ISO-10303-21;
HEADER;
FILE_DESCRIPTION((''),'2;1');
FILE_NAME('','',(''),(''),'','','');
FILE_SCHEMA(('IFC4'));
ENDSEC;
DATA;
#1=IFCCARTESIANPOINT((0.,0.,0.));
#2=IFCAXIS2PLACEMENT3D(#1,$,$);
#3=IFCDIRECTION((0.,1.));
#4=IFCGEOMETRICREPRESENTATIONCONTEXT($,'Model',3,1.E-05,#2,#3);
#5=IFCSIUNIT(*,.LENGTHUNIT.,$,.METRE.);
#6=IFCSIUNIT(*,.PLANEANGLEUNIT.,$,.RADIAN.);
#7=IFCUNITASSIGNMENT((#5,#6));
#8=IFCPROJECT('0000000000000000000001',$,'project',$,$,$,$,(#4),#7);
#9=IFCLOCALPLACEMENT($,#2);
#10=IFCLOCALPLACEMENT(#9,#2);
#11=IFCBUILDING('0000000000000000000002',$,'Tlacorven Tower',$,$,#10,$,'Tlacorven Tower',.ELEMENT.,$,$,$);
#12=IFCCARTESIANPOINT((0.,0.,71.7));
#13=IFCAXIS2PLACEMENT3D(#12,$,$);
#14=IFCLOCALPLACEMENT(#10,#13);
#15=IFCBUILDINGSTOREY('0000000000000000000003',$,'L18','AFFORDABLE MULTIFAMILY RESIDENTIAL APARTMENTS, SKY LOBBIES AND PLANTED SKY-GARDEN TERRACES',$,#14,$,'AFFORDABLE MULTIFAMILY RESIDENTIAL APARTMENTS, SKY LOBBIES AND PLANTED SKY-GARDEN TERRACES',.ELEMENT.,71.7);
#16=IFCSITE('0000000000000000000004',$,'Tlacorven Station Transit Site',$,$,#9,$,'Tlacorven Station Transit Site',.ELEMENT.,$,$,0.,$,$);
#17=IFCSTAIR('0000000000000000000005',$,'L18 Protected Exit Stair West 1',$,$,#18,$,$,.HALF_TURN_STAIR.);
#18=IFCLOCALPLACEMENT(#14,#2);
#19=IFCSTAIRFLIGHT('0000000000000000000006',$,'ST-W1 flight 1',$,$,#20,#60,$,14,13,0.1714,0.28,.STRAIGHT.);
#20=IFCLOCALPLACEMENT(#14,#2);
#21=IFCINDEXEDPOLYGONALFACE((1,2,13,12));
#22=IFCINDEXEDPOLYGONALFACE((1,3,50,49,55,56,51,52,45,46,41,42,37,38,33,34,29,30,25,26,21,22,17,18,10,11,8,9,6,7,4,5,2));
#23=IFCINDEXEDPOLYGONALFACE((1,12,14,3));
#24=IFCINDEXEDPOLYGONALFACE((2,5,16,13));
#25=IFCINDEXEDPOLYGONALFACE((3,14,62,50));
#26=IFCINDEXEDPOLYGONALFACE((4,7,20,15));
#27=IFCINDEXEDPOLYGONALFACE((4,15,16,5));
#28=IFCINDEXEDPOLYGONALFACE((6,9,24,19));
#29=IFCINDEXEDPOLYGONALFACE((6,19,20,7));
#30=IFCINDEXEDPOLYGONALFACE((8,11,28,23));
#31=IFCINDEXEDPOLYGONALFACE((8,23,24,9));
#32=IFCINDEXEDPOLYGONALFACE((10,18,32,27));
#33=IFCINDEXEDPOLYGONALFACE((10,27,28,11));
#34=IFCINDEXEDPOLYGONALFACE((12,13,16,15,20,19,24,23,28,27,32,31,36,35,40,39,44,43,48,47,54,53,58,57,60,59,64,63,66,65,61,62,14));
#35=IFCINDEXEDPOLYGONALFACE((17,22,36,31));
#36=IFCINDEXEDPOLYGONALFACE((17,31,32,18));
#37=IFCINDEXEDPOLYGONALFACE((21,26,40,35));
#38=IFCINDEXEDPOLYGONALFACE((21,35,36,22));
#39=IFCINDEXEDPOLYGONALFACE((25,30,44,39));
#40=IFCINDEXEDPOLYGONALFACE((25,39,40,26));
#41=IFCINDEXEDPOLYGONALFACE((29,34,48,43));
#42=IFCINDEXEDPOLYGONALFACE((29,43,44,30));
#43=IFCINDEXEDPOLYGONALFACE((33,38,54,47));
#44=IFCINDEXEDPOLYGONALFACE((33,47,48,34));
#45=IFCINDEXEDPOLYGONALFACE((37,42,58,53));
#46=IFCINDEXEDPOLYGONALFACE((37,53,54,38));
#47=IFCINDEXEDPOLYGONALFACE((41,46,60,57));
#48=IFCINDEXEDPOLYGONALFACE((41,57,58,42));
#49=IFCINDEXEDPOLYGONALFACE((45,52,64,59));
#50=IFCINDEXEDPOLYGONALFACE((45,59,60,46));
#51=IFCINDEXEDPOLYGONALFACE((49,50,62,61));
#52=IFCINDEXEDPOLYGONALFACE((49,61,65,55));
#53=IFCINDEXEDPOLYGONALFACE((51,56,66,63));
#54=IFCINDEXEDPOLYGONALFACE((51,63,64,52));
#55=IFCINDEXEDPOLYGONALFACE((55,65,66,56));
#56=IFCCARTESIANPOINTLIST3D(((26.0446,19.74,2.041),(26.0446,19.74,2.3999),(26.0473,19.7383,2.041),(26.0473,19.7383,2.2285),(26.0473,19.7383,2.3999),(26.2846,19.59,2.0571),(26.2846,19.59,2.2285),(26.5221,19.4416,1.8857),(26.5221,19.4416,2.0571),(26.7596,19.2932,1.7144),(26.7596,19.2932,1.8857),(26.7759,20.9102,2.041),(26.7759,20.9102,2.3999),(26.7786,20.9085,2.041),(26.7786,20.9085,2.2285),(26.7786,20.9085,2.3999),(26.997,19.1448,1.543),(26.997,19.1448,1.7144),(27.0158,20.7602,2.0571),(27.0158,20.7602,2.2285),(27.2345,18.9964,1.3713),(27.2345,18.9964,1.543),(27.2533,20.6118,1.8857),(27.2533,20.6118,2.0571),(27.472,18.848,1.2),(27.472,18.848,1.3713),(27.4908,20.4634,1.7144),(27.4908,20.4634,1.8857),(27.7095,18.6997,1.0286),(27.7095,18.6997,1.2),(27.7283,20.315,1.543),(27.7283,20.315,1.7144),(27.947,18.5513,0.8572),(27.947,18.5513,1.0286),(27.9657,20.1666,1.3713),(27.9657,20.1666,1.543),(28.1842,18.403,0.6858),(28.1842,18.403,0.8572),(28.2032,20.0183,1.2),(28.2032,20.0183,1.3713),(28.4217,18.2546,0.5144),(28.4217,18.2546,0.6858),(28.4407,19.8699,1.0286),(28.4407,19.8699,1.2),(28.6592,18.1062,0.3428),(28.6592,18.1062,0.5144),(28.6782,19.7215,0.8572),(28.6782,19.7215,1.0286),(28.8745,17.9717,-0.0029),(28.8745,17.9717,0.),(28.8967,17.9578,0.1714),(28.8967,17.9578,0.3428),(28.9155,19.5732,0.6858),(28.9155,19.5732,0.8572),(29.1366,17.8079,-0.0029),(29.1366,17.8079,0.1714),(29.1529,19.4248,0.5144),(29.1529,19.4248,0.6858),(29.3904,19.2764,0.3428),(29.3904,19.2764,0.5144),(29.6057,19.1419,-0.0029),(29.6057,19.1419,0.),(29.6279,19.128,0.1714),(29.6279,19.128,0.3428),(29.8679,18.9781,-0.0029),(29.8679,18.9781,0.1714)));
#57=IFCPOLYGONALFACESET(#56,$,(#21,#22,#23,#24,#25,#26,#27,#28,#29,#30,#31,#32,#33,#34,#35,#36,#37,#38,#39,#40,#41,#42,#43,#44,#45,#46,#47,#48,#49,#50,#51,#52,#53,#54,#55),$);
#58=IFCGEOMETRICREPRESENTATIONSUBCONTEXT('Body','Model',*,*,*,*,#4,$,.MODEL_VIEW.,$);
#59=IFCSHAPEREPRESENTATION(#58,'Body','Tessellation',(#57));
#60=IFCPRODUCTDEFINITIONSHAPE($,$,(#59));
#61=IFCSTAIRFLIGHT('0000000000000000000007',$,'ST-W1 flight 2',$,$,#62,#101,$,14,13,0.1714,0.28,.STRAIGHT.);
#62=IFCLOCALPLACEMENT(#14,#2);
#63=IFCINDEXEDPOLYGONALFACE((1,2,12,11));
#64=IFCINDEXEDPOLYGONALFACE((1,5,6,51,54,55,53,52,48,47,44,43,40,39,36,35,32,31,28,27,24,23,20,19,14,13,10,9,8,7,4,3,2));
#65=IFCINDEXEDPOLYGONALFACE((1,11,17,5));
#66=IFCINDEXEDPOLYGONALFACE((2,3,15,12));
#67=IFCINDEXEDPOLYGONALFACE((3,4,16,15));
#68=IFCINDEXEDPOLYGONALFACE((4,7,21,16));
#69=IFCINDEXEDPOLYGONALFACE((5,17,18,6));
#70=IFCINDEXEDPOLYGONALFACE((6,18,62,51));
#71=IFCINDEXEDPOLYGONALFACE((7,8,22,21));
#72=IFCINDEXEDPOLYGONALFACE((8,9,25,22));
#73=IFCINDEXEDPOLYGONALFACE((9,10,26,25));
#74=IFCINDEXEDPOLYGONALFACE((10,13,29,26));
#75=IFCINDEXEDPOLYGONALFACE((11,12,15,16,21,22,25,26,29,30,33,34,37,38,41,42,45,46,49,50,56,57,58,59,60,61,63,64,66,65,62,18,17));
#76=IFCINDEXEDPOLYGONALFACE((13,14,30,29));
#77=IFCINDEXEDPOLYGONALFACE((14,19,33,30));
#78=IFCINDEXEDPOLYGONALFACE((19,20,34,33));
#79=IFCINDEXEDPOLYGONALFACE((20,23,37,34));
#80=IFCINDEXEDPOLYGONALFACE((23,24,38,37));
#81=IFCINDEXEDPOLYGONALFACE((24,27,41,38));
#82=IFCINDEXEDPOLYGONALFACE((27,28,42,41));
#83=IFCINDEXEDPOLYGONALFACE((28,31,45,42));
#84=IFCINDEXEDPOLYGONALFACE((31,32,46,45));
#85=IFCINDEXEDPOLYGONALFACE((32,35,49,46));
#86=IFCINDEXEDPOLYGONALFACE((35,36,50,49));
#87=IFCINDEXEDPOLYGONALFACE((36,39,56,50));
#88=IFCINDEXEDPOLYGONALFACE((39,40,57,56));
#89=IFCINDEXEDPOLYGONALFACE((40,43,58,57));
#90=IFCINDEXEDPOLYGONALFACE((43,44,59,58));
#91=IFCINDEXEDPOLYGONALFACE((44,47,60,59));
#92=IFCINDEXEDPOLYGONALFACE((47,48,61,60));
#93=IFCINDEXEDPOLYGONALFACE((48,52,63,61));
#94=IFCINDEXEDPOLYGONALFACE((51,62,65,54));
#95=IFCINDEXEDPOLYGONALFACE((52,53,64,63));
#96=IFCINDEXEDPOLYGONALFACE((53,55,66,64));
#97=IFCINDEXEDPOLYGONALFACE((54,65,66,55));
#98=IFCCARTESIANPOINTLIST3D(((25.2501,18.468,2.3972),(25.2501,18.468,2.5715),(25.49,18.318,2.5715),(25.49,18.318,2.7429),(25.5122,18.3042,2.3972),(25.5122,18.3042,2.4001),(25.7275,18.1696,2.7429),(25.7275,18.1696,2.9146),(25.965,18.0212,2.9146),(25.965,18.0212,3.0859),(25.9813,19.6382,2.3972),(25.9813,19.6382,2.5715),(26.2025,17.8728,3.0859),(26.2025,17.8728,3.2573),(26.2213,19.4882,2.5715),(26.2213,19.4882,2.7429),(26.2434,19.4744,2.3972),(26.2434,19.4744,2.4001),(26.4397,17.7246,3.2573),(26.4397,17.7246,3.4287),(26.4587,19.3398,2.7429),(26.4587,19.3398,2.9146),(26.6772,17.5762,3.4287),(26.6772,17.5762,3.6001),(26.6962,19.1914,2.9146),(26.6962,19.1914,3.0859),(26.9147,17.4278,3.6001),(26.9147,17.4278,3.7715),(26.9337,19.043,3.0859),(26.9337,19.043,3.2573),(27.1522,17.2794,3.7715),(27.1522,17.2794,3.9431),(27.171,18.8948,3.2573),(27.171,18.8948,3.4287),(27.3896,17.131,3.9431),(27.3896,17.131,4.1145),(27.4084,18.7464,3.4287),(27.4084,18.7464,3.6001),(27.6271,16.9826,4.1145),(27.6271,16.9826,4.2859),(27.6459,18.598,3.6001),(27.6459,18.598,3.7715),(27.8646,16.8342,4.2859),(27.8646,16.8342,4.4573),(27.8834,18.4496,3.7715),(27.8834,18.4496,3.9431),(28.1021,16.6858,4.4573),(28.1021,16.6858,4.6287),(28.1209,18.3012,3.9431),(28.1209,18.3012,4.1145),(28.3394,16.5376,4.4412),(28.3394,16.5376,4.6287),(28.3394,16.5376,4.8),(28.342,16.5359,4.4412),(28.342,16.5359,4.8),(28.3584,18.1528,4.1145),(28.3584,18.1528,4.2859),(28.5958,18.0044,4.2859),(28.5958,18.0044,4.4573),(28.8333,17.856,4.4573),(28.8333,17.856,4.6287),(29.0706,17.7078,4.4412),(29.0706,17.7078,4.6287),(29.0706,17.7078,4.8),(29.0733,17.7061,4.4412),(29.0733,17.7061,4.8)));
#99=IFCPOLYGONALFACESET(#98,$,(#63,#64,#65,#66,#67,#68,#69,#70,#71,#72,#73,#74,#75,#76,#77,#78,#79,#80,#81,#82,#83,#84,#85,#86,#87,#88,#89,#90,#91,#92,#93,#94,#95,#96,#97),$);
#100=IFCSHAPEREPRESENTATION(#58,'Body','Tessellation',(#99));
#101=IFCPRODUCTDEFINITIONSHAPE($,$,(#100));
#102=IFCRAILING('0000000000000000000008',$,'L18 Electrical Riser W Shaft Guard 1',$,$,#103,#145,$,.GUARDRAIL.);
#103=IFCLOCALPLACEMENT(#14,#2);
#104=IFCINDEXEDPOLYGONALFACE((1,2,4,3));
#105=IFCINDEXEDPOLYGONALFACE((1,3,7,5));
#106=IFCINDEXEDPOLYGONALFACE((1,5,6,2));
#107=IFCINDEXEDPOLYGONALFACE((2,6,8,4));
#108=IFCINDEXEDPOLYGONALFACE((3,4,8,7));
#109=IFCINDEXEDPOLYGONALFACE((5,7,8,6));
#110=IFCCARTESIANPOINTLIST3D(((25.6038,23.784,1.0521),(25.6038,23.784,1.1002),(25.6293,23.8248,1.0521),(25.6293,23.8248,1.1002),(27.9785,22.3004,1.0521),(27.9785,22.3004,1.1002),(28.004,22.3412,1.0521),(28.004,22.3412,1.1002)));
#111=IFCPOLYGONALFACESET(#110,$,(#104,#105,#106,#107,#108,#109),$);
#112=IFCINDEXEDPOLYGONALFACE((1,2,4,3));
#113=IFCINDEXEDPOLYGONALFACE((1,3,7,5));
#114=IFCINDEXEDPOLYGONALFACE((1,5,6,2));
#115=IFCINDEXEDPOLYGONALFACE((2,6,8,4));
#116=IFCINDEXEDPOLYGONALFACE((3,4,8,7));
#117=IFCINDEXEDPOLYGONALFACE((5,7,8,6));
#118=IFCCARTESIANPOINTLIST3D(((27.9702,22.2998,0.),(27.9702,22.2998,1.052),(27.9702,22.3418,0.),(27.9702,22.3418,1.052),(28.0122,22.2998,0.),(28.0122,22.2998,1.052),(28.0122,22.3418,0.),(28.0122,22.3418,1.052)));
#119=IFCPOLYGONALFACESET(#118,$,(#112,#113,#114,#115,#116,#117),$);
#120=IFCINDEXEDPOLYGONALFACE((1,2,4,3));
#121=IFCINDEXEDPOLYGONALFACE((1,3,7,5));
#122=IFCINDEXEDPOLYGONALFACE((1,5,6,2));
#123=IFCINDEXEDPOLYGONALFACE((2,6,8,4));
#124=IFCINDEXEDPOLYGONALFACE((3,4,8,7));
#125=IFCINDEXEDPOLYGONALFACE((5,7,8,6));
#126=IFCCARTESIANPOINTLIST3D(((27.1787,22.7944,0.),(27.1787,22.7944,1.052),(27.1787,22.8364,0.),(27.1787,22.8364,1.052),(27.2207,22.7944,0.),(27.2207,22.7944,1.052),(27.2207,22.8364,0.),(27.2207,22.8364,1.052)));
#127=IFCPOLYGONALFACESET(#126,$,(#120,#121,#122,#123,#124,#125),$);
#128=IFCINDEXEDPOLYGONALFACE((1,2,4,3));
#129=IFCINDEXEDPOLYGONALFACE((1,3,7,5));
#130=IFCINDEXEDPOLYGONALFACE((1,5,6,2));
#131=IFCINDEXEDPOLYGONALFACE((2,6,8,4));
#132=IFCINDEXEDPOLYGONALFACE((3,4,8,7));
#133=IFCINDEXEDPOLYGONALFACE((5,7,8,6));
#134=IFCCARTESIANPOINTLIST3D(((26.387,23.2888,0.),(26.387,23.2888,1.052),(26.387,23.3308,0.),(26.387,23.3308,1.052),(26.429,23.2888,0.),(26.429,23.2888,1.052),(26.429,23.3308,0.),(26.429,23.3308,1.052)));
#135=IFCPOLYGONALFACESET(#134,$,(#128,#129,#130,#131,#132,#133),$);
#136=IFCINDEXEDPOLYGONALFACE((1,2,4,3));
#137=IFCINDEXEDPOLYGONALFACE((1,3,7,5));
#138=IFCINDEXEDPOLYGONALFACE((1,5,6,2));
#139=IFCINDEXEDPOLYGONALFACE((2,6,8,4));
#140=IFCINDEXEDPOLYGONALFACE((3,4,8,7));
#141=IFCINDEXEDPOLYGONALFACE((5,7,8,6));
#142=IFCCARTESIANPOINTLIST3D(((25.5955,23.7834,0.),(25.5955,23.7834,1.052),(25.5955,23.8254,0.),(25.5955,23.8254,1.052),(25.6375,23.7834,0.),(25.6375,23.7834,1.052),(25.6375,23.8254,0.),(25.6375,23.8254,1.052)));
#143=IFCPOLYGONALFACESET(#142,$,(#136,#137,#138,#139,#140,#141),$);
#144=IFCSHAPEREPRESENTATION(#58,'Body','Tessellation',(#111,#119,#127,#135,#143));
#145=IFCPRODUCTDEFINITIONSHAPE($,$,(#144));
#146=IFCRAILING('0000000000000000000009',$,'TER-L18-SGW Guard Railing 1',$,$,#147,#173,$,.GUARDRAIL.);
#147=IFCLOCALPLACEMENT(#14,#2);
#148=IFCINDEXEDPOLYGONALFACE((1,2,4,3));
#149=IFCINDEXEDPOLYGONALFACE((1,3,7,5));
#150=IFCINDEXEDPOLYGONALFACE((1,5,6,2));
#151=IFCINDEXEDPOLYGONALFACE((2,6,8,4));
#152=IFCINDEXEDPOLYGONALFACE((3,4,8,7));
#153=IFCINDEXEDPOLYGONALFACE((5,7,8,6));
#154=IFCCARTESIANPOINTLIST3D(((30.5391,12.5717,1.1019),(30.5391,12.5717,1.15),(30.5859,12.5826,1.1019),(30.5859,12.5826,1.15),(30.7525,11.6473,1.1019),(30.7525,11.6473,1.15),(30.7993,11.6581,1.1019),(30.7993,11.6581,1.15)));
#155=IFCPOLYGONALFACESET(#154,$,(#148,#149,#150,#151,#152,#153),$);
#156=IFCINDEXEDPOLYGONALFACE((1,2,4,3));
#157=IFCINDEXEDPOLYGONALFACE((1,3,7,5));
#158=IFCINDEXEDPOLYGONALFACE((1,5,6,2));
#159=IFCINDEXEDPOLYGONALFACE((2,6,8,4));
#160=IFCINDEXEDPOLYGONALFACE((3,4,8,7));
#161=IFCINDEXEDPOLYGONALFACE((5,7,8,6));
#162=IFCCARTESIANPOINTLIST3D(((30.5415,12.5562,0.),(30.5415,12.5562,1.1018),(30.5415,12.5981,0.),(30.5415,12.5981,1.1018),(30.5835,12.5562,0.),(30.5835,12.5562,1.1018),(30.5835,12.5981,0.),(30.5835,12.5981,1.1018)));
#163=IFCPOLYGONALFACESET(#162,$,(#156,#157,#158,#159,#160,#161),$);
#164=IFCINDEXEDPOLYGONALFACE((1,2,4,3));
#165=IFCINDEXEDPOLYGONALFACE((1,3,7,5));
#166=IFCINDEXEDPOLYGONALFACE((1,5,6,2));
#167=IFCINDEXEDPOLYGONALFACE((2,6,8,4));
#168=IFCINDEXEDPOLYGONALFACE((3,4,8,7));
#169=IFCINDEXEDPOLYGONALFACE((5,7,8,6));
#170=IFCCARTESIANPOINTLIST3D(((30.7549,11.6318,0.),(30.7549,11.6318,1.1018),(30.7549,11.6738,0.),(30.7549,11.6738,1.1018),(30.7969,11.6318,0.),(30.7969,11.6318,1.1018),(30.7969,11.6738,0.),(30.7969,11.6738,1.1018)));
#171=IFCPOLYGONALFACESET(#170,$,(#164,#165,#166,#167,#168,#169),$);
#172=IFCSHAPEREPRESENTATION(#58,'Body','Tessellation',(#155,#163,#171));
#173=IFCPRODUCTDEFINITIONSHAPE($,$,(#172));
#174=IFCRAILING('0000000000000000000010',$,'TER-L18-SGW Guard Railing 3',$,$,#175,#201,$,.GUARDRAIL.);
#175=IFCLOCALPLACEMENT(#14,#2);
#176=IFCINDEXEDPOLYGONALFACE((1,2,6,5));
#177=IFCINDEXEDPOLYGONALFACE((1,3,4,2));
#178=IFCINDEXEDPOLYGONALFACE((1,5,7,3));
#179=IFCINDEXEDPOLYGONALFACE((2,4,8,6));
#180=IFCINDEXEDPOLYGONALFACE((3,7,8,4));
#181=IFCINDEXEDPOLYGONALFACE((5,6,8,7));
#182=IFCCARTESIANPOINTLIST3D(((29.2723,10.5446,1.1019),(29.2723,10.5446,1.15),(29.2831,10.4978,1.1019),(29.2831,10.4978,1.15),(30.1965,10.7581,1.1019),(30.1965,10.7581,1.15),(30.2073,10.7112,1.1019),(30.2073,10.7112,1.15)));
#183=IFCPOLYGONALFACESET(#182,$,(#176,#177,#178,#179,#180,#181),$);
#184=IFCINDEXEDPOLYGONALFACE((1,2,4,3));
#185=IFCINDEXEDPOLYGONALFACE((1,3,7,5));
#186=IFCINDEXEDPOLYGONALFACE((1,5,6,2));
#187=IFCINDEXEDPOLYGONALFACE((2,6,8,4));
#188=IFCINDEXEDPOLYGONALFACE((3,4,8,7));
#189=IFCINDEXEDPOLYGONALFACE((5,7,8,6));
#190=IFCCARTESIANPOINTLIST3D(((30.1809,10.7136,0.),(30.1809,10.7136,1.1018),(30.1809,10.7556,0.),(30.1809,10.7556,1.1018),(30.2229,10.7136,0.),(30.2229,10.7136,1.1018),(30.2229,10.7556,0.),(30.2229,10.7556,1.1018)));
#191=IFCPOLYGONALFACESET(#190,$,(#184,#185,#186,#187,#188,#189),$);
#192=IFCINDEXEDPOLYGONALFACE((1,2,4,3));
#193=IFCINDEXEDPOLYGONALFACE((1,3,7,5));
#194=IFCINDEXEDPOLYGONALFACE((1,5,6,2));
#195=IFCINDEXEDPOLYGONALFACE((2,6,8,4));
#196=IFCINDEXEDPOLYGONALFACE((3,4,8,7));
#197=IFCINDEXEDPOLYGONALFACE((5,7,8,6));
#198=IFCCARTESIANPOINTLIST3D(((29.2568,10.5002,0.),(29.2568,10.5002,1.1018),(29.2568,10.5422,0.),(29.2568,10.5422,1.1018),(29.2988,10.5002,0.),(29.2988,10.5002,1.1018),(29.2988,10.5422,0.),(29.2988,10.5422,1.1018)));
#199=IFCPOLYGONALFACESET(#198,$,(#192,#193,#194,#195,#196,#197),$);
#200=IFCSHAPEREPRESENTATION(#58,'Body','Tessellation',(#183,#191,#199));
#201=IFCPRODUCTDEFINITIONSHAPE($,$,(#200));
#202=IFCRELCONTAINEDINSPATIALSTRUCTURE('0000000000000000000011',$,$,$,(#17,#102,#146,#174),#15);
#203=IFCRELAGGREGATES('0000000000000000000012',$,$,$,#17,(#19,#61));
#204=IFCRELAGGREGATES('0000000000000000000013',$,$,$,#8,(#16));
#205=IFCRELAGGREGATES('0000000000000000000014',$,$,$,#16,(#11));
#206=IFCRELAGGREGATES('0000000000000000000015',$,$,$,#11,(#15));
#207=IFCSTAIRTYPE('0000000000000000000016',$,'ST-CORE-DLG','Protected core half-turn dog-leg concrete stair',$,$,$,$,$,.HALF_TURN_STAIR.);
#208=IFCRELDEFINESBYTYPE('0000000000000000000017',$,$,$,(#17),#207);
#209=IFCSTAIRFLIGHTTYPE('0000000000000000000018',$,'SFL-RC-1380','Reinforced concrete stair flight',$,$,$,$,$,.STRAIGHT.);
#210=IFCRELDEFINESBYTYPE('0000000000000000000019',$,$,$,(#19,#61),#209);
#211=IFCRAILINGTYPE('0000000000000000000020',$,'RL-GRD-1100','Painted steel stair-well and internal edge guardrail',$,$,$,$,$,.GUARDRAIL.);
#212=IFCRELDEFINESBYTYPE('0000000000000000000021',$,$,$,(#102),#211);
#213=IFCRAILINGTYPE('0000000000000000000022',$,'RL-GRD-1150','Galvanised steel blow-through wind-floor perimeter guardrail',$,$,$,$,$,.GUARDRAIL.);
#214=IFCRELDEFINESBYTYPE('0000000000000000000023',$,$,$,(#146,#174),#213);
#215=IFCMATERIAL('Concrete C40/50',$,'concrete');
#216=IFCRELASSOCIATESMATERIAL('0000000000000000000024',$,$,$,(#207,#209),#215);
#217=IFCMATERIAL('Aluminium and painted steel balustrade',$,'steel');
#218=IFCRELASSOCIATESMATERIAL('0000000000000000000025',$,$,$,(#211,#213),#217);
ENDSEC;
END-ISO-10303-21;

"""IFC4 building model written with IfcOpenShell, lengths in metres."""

from ifc_helpers import new_model, si_unit, direction, frame, origin, origin_2d, place, context, subcontext, project, spatial, polyline, rectangle, outline, extrude, source, transform, mapped, material, type_object, element, aggregate, save


model = new_model("IFC4")

# Units and contexts
model_context = context("Model", 3, precision=1e-05, world=origin(), true_north=direction((0.0, 1.0)))
body_context = subcontext(model_context, "Body", "Model", "MODEL_VIEW")
ifc_project = project(units=[si_unit("LENGTHUNIT", "METRE"), si_unit("PLANEANGLEUNIT", "RADIAN")], contexts=[model_context])

# Site, building, storey
site_placement = place(None, origin())
site = spatial("IfcSite", under=ifc_project, at=site_placement, Name="Tlacorven Station Transit Site", LongName="Tlacorven Station Transit Site", CompositionType="ELEMENT", RefElevation=0.0)
building_placement = place(site_placement, origin())
building = spatial("IfcBuilding", under=site, at=building_placement, Name="Tlacorven Tower", LongName="Tlacorven Tower", CompositionType="ELEMENT")
storey_placement = place(building_placement, frame((0.0, 0.0, 71.7)))
storey = spatial("IfcBuildingStorey", under=building, at=storey_placement, Name="L18", Description="AFFORDABLE MULTIFAMILY RESIDENTIAL APARTMENTS, SKY LOBBIES AND PLANTED SKY-GARDEN TERRACES", LongName="AFFORDABLE MULTIFAMILY RESIDENTIAL APARTMENTS, SKY LOBBIES AND PLANTED SKY-GARDEN TERRACES", CompositionType="ELEMENT", Elevation=71.7)

# Stair, stair flights
ifc_material_1 = material(Name="Concrete C40/50", Category="concrete")
stair_type = type_object("IfcStairType", Name="ST-CORE-DLG", Description="Protected core half-turn dog-leg concrete stair", PredefinedType="HALF_TURN_STAIR", material=ifc_material_1)
stair_placement = place(storey_placement, origin())
stair = element("IfcStair", 1, at=stair_placement, inside=storey, type_object=stair_type, Name="L18 Protected Exit Stair West 1", PredefinedType="HALF_TURN_STAIR")
stair_flight_type = type_object("IfcStairFlightType", Name="SFL-RC-1380", Description="Reinforced concrete stair flight", PredefinedType="STRAIGHT", material=ifc_material_1)
shared_shape_1 = source(origin(), body_context, "Body", "SweptSolid", [
    extrude(outline(polyline([(-0.0029, -0.0029), (-0.0029, 0.1714), (0.28, 0.1714), (0.28, 0.3428), (0.5601, 0.3428), (0.5601, 0.5144), (0.8401, 0.5144), (0.8401, 0.6858), (1.1201, 0.6858), (1.1201, 0.8572), (1.3999, 0.8572), (1.3999, 1.0286), (1.6799, 1.0286), (1.6799, 1.2), (1.96, 1.2), (1.96, 1.3713), (2.24, 1.3713), (2.24, 1.543), (2.52, 1.543), (2.52, 1.7144), (2.8, 1.7144), (2.8, 1.8857), (3.0801, 1.8857), (3.0801, 2.0571), (3.3601, 2.0571), (3.3601, 2.2285), (3.6399, 2.2285), (3.6399, 2.3999), (3.6431, 2.3999), (3.6431, 2.041), (3.6399, 2.041), (0.3062, 0.0), (0.3062, -0.0029), (-0.0029, -0.0029)])), frame((0.0, 0.6899, 0.0), z_axis=(0.0, -1.0, 0.0), x_axis=(1.0, 0.0, 0.0)), (0.0, 0.0, 1.0), 1.3799),
])
stair_flight_1_placement = place(storey_placement, frame((29.4998, 18.3945, 0.0), z_axis=(0.0, 0.0, 1.0), x_axis=(-0.848048, 0.529919, 0.0)))
stair_flight_1 = element("IfcStairFlight", 2, at=stair_flight_1_placement, type_object=stair_flight_type, Name="ST-W1 flight 1", NumberOfRisers=14, NumberOfTreads=13, PredefinedType="STRAIGHT", RiserHeight=0.1714, TreadLength=0.28, context=body_context, shape_type="MappedRepresentation", body=[
    mapped(shared_shape_1, transform((0.0, 0.0, 0.0), scale=1.0)),
])
stair_flight_2_placement = place(storey_placement, frame((25.6182, 19.0515, 2.4001), z_axis=(0.0, 0.0, 1.0), x_axis=(0.848048, -0.529919, 0.0)))
stair_flight_2 = element("IfcStairFlight", 3, at=stair_flight_2_placement, type_object=stair_flight_type, Name="ST-W1 flight 2", NumberOfRisers=14, NumberOfTreads=13, PredefinedType="STRAIGHT", RiserHeight=0.1714, TreadLength=0.28, context=body_context, shape_type="MappedRepresentation", body=[
    mapped(shared_shape_1, transform((0.0, 0.0, 0.0), scale=1.0)),
])
aggregate(stair, [stair_flight_1, stair_flight_2])

# Railings
ifc_material_2 = material(Name="Aluminium and painted steel balustrade", Category="steel")
railing_type_1 = type_object("IfcRailingType", Name="RL-GRD-1100", Description="Painted steel stair-well and internal edge guardrail", PredefinedType="GUARDRAIL", material=ifc_material_2)
shared_shape_2 = source(origin(), body_context, "Body", "SweptSolid", [
    extrude(rectangle(XDim=0.0481, YDim=0.0481, at=origin_2d()), frame((0.0, 0.0, 1.0762), z_axis=(-0.848091, 0.52985, 0.0), x_axis=(-0.52985, -0.848091, 0.0)), (0.0, 0.0, 1.0), 2.8),
    extrude(rectangle(XDim=0.042, YDim=0.042, at=origin_2d()), origin(), (0.0, 0.0, 1.0), 1.052),
    extrude(rectangle(XDim=0.042, YDim=0.042, at=origin_2d()), frame((-0.7915, 0.4946, 0.0)), (0.0, 0.0, 1.0), 1.052),
    extrude(rectangle(XDim=0.042, YDim=0.042, at=origin_2d()), frame((-1.5833, 0.989, 0.0)), (0.0, 0.0, 1.0), 1.052),
    extrude(rectangle(XDim=0.042, YDim=0.042, at=origin_2d()), frame((-2.3748, 1.4836, 0.0)), (0.0, 0.0, 1.0), 1.052),
])
railing_1_placement = place(storey_placement, frame((27.9912, 22.3208, 0.0)))
element("IfcRailing", 4, at=railing_1_placement, inside=storey, type_object=railing_type_1, Name="L18 Electrical Riser W Shaft Guard 1", PredefinedType="GUARDRAIL", context=body_context, shape_type="MappedRepresentation", body=[
    mapped(shared_shape_2, transform((0.0, 0.0, 0.0), scale=1.0)),
])
railing_type_2 = type_object("IfcRailingType", Name="RL-GRD-1150", Description="Galvanised steel blow-through wind-floor perimeter guardrail", PredefinedType="GUARDRAIL", material=ifc_material_2)
shared_shape_3 = source(origin(), body_context, "Body", "SweptSolid", [
    extrude(rectangle(XDim=0.0481, YDim=0.0481, at=origin_2d()), frame((0.0, 0.0, 1.126), z_axis=(0.224935, -0.974374, 0.0), x_axis=(0.974374, 0.224935, 0.0)), (0.0, 0.0, 1.0), 0.9487),
    extrude(rectangle(XDim=0.042, YDim=0.042, at=origin_2d()), origin(), (0.0, 0.0, 1.0), 1.1018),
    extrude(rectangle(XDim=0.042, YDim=0.042, at=origin_2d()), frame((0.2134, -0.9243, 0.0)), (0.0, 0.0, 1.0), 1.1018),
])
railing_2_placement = place(storey_placement, frame((30.5625, 12.5771, 0.0)))
element("IfcRailing", 5, at=railing_2_placement, inside=storey, type_object=railing_type_2, Name="TER-L18-SGW Guard Railing 1", PredefinedType="GUARDRAIL", context=body_context, shape_type="MappedRepresentation", body=[
    mapped(shared_shape_3, transform((0.0, 0.0, 0.0), scale=1.0)),
])
shared_shape_4 = source(origin(), body_context, "Body", "SweptSolid", [
    extrude(rectangle(XDim=0.0481, YDim=0.0481, at=origin_2d()), frame((0.0, 0.0, 1.126), z_axis=(-0.974361, -0.224991, 0.0), x_axis=(0.224991, -0.974361, 0.0)), (0.0, 0.0, 1.0), 0.9485),
    extrude(rectangle(XDim=0.042, YDim=0.042, at=origin_2d()), origin(), (0.0, 0.0, 1.0), 1.1018),
    extrude(rectangle(XDim=0.042, YDim=0.042, at=origin_2d()), frame((-0.9241, -0.2134, 0.0)), (0.0, 0.0, 1.0), 1.1018),
])
railing_3_placement = place(storey_placement, frame((30.2019, 10.7346, 0.0)))
element("IfcRailing", 6, at=railing_3_placement, inside=storey, type_object=railing_type_2, Name="TER-L18-SGW Guard Railing 3", PredefinedType="GUARDRAIL", context=body_context, shape_type="MappedRepresentation", body=[
    mapped(shared_shape_4, transform((0.0, 0.0, 0.0), scale=1.0)),
])

save(model, "model.ifc")
